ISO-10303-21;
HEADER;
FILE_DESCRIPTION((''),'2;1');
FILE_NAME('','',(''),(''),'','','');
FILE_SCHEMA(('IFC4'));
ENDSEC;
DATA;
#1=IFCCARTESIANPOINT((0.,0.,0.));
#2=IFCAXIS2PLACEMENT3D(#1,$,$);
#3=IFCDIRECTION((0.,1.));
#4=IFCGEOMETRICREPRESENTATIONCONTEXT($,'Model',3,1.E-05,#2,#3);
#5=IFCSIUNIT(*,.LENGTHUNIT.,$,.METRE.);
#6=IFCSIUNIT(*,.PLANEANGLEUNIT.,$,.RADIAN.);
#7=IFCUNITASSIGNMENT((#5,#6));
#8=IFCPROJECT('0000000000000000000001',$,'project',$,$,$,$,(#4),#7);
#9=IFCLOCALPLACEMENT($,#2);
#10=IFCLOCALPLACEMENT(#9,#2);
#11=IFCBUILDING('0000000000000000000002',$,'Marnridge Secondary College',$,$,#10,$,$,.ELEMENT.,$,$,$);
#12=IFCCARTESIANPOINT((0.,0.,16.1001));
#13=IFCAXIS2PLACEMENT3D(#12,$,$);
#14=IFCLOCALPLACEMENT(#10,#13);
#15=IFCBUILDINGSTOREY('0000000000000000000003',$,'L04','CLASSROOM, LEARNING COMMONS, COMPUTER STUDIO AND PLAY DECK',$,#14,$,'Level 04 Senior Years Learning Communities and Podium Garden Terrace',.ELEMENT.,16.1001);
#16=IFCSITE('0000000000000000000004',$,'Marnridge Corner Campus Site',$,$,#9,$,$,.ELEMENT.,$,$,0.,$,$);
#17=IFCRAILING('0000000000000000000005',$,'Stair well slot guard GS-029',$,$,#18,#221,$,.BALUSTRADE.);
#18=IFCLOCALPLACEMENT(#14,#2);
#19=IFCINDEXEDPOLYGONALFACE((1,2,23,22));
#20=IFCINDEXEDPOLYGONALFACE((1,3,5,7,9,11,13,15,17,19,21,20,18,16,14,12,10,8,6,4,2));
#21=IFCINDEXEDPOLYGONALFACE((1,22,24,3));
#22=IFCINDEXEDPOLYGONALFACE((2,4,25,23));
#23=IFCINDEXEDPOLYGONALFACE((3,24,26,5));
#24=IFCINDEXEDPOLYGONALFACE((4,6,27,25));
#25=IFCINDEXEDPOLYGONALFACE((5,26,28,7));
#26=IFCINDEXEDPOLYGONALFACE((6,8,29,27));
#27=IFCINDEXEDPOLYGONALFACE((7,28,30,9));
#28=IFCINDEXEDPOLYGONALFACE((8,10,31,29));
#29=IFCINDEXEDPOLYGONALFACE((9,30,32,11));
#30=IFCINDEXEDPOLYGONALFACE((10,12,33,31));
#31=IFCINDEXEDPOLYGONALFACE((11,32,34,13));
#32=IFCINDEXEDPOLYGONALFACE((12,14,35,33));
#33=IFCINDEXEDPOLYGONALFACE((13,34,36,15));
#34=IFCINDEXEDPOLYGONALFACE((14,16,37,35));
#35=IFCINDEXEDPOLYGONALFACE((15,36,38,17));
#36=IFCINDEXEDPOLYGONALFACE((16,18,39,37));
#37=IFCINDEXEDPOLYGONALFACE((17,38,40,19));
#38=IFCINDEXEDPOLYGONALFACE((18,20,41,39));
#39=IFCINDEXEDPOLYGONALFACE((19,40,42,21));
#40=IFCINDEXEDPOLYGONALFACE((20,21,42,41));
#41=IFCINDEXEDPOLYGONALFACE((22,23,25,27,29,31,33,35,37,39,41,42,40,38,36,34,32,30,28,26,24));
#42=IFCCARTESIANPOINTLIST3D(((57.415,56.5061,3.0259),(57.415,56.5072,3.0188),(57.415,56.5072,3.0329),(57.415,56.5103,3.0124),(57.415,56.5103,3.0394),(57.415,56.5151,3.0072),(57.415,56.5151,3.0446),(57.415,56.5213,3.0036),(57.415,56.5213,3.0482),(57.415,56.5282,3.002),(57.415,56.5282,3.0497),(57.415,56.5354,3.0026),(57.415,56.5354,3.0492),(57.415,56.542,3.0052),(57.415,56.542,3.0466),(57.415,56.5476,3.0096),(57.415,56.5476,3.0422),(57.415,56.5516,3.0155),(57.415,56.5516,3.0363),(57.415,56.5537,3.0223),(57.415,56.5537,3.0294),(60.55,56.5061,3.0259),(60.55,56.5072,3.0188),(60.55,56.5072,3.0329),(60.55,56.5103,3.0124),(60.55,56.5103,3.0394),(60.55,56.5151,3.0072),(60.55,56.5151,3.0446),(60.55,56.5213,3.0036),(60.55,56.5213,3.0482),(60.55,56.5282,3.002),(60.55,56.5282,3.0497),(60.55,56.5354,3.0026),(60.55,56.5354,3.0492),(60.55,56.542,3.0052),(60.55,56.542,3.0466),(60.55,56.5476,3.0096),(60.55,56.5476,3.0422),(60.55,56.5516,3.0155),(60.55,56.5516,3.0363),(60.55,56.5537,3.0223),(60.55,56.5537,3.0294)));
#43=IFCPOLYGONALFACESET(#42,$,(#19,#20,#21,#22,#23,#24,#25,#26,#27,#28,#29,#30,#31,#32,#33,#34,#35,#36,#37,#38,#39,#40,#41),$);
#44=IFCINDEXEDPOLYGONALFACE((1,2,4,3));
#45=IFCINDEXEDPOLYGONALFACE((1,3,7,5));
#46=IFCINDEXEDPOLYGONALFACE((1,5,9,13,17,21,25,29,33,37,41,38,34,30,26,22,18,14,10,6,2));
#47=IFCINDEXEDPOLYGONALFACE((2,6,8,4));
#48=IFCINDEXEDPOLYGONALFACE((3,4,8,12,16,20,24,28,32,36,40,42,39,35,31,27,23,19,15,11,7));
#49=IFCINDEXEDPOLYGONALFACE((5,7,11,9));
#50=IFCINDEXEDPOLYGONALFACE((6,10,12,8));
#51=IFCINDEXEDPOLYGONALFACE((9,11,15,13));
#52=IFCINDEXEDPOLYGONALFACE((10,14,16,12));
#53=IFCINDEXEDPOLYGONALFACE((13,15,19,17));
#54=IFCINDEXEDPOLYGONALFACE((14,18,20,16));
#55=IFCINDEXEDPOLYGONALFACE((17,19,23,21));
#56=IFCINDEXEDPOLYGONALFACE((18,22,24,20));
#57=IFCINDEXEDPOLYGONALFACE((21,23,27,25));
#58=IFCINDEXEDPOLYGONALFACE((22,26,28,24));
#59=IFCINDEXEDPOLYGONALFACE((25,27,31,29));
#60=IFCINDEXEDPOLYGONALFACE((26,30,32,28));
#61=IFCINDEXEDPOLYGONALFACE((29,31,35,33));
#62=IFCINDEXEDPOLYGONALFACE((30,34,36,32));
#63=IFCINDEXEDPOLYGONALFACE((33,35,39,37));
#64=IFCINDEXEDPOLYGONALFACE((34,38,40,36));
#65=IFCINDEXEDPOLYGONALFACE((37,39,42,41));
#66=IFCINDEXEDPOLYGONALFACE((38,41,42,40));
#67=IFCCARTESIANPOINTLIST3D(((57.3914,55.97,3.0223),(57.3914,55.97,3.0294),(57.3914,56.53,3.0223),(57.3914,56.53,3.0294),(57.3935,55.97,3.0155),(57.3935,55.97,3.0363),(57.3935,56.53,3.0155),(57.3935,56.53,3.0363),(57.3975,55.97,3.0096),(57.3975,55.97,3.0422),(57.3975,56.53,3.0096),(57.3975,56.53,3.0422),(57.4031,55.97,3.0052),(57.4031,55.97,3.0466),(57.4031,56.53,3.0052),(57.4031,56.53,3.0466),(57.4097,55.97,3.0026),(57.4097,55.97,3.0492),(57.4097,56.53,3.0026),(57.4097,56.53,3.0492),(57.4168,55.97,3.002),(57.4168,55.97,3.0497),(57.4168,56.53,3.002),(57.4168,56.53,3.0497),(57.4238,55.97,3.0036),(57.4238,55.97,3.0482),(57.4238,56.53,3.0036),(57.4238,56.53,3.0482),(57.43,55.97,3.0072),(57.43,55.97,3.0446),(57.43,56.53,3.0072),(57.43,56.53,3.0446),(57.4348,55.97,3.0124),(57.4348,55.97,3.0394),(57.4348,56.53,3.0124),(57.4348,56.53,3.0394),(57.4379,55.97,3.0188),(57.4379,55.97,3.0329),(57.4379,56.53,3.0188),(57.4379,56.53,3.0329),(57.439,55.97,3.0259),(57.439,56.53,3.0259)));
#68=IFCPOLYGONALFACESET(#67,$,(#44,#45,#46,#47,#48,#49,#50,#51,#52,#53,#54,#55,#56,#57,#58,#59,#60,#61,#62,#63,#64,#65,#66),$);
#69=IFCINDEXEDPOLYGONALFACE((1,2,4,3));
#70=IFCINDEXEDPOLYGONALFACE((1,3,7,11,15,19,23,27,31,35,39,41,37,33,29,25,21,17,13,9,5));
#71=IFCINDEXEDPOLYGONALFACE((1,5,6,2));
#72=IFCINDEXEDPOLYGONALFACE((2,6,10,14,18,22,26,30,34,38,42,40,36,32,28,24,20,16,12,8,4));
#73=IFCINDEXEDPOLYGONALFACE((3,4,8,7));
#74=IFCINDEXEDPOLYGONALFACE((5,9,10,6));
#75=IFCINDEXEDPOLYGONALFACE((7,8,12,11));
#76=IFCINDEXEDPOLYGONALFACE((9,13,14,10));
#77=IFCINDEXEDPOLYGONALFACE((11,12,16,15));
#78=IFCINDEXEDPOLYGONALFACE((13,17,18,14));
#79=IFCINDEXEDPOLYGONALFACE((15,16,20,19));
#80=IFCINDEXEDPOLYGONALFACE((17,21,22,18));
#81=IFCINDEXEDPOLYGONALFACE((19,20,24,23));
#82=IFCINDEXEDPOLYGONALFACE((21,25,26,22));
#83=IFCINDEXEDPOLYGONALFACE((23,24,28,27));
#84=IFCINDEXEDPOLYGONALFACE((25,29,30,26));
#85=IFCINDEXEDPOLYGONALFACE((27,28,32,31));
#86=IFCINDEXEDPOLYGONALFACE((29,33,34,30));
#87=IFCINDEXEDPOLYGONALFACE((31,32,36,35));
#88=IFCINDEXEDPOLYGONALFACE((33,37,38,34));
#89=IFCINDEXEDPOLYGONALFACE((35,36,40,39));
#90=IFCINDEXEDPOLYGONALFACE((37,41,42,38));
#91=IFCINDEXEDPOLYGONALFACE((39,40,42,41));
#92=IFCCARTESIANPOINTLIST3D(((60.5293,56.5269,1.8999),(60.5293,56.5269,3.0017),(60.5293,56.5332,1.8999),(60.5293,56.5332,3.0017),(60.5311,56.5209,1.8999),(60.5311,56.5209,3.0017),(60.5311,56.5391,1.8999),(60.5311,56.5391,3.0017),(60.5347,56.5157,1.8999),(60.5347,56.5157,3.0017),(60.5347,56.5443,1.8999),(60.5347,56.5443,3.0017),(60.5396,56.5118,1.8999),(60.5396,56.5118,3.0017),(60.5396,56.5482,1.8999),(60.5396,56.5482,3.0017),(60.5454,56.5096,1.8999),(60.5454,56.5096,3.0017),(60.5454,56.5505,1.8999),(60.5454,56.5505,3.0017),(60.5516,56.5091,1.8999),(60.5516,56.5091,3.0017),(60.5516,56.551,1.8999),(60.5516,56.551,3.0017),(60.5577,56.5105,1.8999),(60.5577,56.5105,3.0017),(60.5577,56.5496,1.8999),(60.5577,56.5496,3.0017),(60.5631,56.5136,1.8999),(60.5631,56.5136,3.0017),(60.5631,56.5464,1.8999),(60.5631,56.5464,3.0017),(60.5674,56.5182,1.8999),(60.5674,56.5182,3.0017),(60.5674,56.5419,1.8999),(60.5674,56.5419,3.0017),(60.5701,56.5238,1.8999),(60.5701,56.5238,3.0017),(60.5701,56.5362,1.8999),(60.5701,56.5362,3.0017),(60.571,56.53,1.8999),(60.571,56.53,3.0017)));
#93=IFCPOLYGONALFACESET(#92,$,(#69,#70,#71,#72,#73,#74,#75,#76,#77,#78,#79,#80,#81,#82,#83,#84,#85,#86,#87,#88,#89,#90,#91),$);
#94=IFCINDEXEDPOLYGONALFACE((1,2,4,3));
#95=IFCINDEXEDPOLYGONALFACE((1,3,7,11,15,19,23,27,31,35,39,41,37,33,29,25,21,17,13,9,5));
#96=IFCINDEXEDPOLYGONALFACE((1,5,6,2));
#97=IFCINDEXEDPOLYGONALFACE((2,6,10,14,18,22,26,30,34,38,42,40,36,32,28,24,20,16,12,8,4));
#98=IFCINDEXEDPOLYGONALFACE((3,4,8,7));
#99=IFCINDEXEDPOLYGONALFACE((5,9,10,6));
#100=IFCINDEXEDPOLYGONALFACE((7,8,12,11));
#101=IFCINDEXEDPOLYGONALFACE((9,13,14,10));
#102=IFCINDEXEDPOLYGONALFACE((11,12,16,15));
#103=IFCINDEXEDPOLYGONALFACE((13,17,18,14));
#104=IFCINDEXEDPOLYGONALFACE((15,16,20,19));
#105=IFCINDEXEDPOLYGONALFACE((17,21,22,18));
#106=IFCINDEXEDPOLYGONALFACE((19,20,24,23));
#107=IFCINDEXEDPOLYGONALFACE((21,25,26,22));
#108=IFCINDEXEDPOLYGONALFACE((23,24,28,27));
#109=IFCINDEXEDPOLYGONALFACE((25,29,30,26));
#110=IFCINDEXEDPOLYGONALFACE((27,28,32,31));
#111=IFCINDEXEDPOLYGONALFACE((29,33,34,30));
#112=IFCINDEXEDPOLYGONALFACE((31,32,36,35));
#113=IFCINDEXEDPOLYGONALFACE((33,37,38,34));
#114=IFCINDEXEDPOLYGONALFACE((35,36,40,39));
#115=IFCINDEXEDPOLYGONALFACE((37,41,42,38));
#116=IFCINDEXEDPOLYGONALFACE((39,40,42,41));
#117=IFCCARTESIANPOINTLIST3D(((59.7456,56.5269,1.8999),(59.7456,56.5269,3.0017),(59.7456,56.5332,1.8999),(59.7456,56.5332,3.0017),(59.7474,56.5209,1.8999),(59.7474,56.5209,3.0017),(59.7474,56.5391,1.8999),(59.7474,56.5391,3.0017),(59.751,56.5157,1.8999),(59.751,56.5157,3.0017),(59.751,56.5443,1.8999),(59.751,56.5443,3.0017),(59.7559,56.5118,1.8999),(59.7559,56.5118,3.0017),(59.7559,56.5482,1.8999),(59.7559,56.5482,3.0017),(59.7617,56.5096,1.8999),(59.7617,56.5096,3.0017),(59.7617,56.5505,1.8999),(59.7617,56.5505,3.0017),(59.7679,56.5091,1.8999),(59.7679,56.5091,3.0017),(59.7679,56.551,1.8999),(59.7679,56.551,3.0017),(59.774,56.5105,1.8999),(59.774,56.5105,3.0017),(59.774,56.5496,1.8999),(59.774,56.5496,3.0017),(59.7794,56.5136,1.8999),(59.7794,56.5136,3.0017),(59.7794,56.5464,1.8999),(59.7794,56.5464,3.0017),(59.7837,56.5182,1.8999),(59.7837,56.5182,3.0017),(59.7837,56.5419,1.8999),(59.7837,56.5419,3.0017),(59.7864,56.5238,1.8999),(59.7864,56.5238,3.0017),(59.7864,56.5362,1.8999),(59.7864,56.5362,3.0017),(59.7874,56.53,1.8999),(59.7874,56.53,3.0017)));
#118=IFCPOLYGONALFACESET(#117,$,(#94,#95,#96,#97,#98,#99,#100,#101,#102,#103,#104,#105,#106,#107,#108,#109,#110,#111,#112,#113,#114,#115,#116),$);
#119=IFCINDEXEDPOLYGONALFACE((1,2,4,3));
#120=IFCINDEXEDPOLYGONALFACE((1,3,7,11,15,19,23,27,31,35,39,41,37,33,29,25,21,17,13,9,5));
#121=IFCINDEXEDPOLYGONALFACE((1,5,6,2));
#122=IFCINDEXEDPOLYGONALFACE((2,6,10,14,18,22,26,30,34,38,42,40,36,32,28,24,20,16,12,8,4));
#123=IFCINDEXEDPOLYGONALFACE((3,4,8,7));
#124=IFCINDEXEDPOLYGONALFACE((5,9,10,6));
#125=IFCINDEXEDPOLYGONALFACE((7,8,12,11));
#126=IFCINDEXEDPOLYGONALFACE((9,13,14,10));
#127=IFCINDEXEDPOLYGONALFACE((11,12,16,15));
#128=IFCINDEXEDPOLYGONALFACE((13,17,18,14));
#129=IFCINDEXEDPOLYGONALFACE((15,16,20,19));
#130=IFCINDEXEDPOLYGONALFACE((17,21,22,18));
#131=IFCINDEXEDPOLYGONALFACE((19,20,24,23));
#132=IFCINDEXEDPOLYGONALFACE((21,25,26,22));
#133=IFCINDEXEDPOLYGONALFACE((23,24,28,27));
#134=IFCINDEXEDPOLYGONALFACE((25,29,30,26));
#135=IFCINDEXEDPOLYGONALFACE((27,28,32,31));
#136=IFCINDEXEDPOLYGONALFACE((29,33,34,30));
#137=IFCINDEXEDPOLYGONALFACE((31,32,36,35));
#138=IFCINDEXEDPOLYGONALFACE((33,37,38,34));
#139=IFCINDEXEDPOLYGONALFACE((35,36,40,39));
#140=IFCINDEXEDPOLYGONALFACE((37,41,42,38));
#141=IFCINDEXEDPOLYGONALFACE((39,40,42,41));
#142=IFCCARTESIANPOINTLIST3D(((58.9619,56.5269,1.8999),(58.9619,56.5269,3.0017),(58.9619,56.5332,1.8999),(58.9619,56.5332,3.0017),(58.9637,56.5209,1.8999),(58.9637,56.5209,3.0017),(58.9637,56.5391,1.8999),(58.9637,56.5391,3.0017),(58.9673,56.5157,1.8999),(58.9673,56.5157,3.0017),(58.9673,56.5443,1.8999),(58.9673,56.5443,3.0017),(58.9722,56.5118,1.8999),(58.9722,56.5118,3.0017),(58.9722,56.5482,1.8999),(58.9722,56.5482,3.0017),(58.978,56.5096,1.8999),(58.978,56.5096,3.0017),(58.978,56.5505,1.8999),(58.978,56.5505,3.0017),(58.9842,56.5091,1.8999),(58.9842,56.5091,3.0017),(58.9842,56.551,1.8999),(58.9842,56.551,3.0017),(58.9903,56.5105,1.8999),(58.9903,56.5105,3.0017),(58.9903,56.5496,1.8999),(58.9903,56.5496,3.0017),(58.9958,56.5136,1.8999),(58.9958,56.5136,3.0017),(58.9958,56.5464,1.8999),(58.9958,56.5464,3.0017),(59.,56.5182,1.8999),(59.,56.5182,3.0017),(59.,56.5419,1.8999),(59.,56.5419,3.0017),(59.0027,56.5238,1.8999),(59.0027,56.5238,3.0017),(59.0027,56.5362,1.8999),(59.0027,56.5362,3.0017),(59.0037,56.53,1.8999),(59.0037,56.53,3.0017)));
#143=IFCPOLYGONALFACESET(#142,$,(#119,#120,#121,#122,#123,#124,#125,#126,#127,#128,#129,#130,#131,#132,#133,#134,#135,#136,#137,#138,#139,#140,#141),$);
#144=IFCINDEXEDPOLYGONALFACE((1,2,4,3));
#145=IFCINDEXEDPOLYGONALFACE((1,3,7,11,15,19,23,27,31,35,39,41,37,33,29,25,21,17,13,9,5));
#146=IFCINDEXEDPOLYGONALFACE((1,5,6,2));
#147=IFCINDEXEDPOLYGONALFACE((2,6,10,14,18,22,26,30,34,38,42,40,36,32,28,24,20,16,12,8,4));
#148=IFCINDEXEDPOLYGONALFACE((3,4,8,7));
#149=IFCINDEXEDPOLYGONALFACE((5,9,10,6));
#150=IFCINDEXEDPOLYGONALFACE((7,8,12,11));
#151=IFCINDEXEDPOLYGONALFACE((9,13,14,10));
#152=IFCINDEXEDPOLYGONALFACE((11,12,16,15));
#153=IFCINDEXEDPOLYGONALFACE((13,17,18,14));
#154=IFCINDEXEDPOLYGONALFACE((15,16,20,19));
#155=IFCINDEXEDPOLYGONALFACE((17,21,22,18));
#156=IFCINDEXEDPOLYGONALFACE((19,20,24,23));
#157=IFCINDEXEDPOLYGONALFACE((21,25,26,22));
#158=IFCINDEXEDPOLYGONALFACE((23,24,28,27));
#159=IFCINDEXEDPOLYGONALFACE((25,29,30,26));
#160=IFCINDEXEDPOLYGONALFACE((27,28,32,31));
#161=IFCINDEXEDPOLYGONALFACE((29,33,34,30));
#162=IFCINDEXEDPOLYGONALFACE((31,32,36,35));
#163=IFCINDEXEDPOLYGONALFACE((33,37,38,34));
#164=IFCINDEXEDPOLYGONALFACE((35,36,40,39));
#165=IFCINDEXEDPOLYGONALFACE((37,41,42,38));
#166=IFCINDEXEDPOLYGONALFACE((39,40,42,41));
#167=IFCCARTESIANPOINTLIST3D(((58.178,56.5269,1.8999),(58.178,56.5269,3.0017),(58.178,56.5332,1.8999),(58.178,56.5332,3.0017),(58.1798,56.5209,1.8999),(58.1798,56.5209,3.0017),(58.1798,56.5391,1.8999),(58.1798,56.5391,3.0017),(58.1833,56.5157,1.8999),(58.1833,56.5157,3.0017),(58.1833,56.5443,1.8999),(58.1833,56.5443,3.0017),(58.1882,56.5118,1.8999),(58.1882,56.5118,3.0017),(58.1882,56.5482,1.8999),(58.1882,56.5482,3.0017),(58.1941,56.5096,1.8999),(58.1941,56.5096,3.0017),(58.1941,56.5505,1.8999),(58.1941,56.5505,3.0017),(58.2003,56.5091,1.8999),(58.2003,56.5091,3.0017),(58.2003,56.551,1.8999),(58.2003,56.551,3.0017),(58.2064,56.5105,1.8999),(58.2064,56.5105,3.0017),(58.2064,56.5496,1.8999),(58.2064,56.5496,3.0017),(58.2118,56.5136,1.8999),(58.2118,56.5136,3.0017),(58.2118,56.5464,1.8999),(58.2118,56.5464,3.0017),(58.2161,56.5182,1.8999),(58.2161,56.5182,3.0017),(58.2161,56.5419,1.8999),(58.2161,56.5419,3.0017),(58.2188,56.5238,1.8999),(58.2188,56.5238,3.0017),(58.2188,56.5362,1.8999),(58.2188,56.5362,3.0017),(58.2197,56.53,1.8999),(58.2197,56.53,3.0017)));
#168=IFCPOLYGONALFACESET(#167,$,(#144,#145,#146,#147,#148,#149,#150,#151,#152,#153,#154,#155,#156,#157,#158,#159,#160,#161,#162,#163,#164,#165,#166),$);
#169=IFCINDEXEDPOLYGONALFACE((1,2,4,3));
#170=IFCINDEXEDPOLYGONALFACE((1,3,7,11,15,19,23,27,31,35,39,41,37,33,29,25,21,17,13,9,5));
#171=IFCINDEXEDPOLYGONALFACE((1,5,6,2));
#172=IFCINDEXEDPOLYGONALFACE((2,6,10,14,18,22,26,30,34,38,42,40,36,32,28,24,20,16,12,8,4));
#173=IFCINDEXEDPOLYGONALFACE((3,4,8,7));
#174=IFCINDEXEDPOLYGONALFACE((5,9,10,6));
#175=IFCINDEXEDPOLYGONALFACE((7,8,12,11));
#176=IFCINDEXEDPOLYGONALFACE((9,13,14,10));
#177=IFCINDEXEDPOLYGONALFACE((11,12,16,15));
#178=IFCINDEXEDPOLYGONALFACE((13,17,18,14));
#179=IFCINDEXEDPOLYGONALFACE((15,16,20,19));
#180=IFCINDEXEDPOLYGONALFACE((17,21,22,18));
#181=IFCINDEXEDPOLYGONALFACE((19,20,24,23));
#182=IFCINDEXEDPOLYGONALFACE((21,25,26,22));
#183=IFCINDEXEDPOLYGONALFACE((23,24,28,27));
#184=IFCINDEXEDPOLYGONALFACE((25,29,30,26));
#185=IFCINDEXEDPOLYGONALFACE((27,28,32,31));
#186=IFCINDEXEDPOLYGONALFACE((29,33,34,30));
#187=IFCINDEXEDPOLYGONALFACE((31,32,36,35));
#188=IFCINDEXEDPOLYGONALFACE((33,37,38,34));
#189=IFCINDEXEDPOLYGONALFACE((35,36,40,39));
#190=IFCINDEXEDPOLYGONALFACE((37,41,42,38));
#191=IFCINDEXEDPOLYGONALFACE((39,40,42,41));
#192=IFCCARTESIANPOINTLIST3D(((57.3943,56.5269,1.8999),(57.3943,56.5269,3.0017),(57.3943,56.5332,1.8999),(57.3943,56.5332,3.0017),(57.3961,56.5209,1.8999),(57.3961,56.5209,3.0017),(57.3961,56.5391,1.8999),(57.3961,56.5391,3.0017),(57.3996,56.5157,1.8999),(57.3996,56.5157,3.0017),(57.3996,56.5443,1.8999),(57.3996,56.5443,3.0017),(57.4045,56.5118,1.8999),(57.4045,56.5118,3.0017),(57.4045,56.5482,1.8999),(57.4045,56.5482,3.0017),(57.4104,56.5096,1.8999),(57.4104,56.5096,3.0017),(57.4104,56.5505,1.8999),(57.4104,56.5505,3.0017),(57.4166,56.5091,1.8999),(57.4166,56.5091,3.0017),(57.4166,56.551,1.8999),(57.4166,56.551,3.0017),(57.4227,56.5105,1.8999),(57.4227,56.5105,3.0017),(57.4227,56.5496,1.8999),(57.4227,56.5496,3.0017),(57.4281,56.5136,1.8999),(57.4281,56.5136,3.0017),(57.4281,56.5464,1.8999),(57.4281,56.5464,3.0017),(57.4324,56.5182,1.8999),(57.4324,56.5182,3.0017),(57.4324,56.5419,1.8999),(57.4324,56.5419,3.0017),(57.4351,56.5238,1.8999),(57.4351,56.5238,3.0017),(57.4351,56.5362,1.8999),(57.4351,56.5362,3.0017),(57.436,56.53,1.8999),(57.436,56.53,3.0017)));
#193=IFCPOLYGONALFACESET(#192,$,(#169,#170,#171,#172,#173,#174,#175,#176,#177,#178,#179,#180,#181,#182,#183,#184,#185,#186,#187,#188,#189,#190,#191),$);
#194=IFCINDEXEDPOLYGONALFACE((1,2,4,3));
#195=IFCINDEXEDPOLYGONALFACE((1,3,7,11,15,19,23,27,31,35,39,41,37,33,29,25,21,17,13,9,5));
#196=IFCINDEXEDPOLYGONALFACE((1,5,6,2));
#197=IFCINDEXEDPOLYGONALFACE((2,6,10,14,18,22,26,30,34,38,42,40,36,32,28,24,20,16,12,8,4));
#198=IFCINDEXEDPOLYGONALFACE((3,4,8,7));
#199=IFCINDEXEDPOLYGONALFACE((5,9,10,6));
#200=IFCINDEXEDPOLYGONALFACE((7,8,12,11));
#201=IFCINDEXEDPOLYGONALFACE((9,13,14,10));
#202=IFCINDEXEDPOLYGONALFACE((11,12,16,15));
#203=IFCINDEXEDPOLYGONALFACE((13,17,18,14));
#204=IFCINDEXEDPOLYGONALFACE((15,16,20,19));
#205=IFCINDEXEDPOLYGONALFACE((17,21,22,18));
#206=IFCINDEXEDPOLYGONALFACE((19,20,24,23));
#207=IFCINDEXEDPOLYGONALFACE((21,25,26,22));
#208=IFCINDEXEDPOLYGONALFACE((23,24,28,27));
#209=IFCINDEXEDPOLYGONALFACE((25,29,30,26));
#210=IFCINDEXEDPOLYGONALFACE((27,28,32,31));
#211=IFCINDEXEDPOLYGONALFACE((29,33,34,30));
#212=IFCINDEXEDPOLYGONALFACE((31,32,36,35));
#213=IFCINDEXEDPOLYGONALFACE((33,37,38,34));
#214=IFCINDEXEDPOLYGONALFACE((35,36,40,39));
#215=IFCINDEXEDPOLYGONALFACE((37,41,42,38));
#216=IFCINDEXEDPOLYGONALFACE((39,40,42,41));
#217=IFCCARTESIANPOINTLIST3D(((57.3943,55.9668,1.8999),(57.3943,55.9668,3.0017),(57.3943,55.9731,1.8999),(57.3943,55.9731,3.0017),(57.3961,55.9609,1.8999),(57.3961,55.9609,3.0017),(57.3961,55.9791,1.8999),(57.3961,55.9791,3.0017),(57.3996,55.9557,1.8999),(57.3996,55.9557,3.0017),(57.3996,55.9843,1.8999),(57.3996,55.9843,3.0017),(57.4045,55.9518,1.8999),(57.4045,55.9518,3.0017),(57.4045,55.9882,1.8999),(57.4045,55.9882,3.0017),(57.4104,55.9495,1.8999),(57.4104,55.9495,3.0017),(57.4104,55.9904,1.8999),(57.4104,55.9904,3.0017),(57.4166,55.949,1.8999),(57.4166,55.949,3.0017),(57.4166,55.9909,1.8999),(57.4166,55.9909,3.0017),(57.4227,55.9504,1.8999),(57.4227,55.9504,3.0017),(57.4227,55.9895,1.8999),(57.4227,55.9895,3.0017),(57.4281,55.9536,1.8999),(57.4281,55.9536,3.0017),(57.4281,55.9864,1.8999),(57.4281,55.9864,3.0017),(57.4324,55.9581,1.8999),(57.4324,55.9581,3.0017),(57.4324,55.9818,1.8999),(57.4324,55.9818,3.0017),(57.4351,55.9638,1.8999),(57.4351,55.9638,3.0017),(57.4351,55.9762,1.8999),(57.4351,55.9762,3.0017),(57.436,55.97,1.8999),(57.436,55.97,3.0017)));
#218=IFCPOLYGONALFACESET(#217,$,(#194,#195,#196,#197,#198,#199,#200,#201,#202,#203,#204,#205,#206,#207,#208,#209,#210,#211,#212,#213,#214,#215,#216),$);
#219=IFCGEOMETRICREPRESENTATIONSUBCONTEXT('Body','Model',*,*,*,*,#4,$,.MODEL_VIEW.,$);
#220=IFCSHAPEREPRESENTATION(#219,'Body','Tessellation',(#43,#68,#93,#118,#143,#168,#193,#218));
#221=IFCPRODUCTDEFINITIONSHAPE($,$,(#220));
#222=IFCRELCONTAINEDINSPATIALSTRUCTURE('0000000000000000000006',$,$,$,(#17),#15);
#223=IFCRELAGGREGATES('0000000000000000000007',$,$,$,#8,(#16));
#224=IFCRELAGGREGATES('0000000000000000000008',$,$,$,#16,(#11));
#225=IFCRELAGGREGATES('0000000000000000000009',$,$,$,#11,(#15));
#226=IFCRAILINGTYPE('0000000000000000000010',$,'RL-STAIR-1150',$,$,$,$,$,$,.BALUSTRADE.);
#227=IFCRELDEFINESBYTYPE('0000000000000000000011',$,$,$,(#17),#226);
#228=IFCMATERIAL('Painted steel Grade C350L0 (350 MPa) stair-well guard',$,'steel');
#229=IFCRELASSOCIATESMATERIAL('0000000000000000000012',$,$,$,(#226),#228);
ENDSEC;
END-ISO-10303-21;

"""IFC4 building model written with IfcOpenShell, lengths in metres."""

from ifc_helpers import new_model, si_unit, direction, frame, origin, origin_2d, place, context, subcontext, project, spatial, circle, extrude, material, type_object, element, save


model = new_model("IFC4")

# Units and contexts
model_context = context("Model", 3, precision=1e-05, world=origin(), true_north=direction((0.0, 1.0)))
body_context = subcontext(model_context, "Body", "Model", "MODEL_VIEW")
ifc_project = project(units=[si_unit("LENGTHUNIT", "METRE"), si_unit("PLANEANGLEUNIT", "RADIAN")], contexts=[model_context])

# Site, building, storey
site_placement = place(None, origin())
site = spatial("IfcSite", under=ifc_project, at=site_placement, Name="Marnridge Corner Campus Site", CompositionType="ELEMENT", RefElevation=0.0)
building_placement = place(site_placement, origin())
building = spatial("IfcBuilding", under=site, at=building_placement, Name="Marnridge Secondary College", CompositionType="ELEMENT")
storey_placement = place(building_placement, frame((0.0, 0.0, 16.1001)))
storey = spatial("IfcBuildingStorey", under=building, at=storey_placement, Name="L04", Description="CLASSROOM, LEARNING COMMONS, COMPUTER STUDIO AND PLAY DECK", LongName="Level 04 Senior Years Learning Communities and Podium Garden Terrace", CompositionType="ELEMENT", Elevation=16.1001)

# Railing
ifc_material_1 = material(Name="Painted steel Grade C350L0 (350 MPa) stair-well guard", Category="steel")
railing_type_1 = type_object("IfcRailingType", Name="RL-STAIR-1150", PredefinedType="BALUSTRADE", material=ifc_material_1)
railing_1_placement = place(storey_placement, frame((60.55, 56.53, 1.8999)))
element("IfcRailing", 1, at=railing_1_placement, inside=storey, type_object=railing_type_1, Name="Stair well slot guard GS-029", PredefinedType="BALUSTRADE", context=body_context, shape_type="SweptSolid", body=[
    extrude(circle(Radius=0.0239, at=origin_2d()), frame((0.0, 0.0, 1.126), z_axis=(-1.0, 0.0, 0.0), x_axis=(0.0, -1.0, 0.0)), (0.0, 0.0, 1.0), 3.135),
    extrude(circle(Radius=0.0239, at=origin_2d()), frame((-3.135, 0.0, 1.126), z_axis=(0.0, -1.0, 0.0), x_axis=(1.0, 0.0, 0.0)), (0.0, 0.0, 1.0), 0.5601),
    extrude(circle(Radius=0.021, at=origin_2d()), origin(), (0.0, 0.0, 1.0), 1.1018),
    extrude(circle(Radius=0.021, at=origin_2d()), frame((-0.7837, 0.0, 0.0)), (0.0, 0.0, 1.0), 1.1018),
    extrude(circle(Radius=0.021, at=origin_2d()), frame((-1.5674, 0.0, 0.0)), (0.0, 0.0, 1.0), 1.1018),
    extrude(circle(Radius=0.021, at=origin_2d()), frame((-2.3513, 0.0, 0.0)), (0.0, 0.0, 1.0), 1.1018),
    extrude(circle(Radius=0.021, at=origin_2d()), frame((-3.135, 0.0, 0.0)), (0.0, 0.0, 1.0), 1.1018),
    extrude(circle(Radius=0.021, at=origin_2d()), frame((-3.135, -0.5601, 0.0)), (0.0, 0.0, 1.0), 1.1018),
])

save(model, "model.ifc")
